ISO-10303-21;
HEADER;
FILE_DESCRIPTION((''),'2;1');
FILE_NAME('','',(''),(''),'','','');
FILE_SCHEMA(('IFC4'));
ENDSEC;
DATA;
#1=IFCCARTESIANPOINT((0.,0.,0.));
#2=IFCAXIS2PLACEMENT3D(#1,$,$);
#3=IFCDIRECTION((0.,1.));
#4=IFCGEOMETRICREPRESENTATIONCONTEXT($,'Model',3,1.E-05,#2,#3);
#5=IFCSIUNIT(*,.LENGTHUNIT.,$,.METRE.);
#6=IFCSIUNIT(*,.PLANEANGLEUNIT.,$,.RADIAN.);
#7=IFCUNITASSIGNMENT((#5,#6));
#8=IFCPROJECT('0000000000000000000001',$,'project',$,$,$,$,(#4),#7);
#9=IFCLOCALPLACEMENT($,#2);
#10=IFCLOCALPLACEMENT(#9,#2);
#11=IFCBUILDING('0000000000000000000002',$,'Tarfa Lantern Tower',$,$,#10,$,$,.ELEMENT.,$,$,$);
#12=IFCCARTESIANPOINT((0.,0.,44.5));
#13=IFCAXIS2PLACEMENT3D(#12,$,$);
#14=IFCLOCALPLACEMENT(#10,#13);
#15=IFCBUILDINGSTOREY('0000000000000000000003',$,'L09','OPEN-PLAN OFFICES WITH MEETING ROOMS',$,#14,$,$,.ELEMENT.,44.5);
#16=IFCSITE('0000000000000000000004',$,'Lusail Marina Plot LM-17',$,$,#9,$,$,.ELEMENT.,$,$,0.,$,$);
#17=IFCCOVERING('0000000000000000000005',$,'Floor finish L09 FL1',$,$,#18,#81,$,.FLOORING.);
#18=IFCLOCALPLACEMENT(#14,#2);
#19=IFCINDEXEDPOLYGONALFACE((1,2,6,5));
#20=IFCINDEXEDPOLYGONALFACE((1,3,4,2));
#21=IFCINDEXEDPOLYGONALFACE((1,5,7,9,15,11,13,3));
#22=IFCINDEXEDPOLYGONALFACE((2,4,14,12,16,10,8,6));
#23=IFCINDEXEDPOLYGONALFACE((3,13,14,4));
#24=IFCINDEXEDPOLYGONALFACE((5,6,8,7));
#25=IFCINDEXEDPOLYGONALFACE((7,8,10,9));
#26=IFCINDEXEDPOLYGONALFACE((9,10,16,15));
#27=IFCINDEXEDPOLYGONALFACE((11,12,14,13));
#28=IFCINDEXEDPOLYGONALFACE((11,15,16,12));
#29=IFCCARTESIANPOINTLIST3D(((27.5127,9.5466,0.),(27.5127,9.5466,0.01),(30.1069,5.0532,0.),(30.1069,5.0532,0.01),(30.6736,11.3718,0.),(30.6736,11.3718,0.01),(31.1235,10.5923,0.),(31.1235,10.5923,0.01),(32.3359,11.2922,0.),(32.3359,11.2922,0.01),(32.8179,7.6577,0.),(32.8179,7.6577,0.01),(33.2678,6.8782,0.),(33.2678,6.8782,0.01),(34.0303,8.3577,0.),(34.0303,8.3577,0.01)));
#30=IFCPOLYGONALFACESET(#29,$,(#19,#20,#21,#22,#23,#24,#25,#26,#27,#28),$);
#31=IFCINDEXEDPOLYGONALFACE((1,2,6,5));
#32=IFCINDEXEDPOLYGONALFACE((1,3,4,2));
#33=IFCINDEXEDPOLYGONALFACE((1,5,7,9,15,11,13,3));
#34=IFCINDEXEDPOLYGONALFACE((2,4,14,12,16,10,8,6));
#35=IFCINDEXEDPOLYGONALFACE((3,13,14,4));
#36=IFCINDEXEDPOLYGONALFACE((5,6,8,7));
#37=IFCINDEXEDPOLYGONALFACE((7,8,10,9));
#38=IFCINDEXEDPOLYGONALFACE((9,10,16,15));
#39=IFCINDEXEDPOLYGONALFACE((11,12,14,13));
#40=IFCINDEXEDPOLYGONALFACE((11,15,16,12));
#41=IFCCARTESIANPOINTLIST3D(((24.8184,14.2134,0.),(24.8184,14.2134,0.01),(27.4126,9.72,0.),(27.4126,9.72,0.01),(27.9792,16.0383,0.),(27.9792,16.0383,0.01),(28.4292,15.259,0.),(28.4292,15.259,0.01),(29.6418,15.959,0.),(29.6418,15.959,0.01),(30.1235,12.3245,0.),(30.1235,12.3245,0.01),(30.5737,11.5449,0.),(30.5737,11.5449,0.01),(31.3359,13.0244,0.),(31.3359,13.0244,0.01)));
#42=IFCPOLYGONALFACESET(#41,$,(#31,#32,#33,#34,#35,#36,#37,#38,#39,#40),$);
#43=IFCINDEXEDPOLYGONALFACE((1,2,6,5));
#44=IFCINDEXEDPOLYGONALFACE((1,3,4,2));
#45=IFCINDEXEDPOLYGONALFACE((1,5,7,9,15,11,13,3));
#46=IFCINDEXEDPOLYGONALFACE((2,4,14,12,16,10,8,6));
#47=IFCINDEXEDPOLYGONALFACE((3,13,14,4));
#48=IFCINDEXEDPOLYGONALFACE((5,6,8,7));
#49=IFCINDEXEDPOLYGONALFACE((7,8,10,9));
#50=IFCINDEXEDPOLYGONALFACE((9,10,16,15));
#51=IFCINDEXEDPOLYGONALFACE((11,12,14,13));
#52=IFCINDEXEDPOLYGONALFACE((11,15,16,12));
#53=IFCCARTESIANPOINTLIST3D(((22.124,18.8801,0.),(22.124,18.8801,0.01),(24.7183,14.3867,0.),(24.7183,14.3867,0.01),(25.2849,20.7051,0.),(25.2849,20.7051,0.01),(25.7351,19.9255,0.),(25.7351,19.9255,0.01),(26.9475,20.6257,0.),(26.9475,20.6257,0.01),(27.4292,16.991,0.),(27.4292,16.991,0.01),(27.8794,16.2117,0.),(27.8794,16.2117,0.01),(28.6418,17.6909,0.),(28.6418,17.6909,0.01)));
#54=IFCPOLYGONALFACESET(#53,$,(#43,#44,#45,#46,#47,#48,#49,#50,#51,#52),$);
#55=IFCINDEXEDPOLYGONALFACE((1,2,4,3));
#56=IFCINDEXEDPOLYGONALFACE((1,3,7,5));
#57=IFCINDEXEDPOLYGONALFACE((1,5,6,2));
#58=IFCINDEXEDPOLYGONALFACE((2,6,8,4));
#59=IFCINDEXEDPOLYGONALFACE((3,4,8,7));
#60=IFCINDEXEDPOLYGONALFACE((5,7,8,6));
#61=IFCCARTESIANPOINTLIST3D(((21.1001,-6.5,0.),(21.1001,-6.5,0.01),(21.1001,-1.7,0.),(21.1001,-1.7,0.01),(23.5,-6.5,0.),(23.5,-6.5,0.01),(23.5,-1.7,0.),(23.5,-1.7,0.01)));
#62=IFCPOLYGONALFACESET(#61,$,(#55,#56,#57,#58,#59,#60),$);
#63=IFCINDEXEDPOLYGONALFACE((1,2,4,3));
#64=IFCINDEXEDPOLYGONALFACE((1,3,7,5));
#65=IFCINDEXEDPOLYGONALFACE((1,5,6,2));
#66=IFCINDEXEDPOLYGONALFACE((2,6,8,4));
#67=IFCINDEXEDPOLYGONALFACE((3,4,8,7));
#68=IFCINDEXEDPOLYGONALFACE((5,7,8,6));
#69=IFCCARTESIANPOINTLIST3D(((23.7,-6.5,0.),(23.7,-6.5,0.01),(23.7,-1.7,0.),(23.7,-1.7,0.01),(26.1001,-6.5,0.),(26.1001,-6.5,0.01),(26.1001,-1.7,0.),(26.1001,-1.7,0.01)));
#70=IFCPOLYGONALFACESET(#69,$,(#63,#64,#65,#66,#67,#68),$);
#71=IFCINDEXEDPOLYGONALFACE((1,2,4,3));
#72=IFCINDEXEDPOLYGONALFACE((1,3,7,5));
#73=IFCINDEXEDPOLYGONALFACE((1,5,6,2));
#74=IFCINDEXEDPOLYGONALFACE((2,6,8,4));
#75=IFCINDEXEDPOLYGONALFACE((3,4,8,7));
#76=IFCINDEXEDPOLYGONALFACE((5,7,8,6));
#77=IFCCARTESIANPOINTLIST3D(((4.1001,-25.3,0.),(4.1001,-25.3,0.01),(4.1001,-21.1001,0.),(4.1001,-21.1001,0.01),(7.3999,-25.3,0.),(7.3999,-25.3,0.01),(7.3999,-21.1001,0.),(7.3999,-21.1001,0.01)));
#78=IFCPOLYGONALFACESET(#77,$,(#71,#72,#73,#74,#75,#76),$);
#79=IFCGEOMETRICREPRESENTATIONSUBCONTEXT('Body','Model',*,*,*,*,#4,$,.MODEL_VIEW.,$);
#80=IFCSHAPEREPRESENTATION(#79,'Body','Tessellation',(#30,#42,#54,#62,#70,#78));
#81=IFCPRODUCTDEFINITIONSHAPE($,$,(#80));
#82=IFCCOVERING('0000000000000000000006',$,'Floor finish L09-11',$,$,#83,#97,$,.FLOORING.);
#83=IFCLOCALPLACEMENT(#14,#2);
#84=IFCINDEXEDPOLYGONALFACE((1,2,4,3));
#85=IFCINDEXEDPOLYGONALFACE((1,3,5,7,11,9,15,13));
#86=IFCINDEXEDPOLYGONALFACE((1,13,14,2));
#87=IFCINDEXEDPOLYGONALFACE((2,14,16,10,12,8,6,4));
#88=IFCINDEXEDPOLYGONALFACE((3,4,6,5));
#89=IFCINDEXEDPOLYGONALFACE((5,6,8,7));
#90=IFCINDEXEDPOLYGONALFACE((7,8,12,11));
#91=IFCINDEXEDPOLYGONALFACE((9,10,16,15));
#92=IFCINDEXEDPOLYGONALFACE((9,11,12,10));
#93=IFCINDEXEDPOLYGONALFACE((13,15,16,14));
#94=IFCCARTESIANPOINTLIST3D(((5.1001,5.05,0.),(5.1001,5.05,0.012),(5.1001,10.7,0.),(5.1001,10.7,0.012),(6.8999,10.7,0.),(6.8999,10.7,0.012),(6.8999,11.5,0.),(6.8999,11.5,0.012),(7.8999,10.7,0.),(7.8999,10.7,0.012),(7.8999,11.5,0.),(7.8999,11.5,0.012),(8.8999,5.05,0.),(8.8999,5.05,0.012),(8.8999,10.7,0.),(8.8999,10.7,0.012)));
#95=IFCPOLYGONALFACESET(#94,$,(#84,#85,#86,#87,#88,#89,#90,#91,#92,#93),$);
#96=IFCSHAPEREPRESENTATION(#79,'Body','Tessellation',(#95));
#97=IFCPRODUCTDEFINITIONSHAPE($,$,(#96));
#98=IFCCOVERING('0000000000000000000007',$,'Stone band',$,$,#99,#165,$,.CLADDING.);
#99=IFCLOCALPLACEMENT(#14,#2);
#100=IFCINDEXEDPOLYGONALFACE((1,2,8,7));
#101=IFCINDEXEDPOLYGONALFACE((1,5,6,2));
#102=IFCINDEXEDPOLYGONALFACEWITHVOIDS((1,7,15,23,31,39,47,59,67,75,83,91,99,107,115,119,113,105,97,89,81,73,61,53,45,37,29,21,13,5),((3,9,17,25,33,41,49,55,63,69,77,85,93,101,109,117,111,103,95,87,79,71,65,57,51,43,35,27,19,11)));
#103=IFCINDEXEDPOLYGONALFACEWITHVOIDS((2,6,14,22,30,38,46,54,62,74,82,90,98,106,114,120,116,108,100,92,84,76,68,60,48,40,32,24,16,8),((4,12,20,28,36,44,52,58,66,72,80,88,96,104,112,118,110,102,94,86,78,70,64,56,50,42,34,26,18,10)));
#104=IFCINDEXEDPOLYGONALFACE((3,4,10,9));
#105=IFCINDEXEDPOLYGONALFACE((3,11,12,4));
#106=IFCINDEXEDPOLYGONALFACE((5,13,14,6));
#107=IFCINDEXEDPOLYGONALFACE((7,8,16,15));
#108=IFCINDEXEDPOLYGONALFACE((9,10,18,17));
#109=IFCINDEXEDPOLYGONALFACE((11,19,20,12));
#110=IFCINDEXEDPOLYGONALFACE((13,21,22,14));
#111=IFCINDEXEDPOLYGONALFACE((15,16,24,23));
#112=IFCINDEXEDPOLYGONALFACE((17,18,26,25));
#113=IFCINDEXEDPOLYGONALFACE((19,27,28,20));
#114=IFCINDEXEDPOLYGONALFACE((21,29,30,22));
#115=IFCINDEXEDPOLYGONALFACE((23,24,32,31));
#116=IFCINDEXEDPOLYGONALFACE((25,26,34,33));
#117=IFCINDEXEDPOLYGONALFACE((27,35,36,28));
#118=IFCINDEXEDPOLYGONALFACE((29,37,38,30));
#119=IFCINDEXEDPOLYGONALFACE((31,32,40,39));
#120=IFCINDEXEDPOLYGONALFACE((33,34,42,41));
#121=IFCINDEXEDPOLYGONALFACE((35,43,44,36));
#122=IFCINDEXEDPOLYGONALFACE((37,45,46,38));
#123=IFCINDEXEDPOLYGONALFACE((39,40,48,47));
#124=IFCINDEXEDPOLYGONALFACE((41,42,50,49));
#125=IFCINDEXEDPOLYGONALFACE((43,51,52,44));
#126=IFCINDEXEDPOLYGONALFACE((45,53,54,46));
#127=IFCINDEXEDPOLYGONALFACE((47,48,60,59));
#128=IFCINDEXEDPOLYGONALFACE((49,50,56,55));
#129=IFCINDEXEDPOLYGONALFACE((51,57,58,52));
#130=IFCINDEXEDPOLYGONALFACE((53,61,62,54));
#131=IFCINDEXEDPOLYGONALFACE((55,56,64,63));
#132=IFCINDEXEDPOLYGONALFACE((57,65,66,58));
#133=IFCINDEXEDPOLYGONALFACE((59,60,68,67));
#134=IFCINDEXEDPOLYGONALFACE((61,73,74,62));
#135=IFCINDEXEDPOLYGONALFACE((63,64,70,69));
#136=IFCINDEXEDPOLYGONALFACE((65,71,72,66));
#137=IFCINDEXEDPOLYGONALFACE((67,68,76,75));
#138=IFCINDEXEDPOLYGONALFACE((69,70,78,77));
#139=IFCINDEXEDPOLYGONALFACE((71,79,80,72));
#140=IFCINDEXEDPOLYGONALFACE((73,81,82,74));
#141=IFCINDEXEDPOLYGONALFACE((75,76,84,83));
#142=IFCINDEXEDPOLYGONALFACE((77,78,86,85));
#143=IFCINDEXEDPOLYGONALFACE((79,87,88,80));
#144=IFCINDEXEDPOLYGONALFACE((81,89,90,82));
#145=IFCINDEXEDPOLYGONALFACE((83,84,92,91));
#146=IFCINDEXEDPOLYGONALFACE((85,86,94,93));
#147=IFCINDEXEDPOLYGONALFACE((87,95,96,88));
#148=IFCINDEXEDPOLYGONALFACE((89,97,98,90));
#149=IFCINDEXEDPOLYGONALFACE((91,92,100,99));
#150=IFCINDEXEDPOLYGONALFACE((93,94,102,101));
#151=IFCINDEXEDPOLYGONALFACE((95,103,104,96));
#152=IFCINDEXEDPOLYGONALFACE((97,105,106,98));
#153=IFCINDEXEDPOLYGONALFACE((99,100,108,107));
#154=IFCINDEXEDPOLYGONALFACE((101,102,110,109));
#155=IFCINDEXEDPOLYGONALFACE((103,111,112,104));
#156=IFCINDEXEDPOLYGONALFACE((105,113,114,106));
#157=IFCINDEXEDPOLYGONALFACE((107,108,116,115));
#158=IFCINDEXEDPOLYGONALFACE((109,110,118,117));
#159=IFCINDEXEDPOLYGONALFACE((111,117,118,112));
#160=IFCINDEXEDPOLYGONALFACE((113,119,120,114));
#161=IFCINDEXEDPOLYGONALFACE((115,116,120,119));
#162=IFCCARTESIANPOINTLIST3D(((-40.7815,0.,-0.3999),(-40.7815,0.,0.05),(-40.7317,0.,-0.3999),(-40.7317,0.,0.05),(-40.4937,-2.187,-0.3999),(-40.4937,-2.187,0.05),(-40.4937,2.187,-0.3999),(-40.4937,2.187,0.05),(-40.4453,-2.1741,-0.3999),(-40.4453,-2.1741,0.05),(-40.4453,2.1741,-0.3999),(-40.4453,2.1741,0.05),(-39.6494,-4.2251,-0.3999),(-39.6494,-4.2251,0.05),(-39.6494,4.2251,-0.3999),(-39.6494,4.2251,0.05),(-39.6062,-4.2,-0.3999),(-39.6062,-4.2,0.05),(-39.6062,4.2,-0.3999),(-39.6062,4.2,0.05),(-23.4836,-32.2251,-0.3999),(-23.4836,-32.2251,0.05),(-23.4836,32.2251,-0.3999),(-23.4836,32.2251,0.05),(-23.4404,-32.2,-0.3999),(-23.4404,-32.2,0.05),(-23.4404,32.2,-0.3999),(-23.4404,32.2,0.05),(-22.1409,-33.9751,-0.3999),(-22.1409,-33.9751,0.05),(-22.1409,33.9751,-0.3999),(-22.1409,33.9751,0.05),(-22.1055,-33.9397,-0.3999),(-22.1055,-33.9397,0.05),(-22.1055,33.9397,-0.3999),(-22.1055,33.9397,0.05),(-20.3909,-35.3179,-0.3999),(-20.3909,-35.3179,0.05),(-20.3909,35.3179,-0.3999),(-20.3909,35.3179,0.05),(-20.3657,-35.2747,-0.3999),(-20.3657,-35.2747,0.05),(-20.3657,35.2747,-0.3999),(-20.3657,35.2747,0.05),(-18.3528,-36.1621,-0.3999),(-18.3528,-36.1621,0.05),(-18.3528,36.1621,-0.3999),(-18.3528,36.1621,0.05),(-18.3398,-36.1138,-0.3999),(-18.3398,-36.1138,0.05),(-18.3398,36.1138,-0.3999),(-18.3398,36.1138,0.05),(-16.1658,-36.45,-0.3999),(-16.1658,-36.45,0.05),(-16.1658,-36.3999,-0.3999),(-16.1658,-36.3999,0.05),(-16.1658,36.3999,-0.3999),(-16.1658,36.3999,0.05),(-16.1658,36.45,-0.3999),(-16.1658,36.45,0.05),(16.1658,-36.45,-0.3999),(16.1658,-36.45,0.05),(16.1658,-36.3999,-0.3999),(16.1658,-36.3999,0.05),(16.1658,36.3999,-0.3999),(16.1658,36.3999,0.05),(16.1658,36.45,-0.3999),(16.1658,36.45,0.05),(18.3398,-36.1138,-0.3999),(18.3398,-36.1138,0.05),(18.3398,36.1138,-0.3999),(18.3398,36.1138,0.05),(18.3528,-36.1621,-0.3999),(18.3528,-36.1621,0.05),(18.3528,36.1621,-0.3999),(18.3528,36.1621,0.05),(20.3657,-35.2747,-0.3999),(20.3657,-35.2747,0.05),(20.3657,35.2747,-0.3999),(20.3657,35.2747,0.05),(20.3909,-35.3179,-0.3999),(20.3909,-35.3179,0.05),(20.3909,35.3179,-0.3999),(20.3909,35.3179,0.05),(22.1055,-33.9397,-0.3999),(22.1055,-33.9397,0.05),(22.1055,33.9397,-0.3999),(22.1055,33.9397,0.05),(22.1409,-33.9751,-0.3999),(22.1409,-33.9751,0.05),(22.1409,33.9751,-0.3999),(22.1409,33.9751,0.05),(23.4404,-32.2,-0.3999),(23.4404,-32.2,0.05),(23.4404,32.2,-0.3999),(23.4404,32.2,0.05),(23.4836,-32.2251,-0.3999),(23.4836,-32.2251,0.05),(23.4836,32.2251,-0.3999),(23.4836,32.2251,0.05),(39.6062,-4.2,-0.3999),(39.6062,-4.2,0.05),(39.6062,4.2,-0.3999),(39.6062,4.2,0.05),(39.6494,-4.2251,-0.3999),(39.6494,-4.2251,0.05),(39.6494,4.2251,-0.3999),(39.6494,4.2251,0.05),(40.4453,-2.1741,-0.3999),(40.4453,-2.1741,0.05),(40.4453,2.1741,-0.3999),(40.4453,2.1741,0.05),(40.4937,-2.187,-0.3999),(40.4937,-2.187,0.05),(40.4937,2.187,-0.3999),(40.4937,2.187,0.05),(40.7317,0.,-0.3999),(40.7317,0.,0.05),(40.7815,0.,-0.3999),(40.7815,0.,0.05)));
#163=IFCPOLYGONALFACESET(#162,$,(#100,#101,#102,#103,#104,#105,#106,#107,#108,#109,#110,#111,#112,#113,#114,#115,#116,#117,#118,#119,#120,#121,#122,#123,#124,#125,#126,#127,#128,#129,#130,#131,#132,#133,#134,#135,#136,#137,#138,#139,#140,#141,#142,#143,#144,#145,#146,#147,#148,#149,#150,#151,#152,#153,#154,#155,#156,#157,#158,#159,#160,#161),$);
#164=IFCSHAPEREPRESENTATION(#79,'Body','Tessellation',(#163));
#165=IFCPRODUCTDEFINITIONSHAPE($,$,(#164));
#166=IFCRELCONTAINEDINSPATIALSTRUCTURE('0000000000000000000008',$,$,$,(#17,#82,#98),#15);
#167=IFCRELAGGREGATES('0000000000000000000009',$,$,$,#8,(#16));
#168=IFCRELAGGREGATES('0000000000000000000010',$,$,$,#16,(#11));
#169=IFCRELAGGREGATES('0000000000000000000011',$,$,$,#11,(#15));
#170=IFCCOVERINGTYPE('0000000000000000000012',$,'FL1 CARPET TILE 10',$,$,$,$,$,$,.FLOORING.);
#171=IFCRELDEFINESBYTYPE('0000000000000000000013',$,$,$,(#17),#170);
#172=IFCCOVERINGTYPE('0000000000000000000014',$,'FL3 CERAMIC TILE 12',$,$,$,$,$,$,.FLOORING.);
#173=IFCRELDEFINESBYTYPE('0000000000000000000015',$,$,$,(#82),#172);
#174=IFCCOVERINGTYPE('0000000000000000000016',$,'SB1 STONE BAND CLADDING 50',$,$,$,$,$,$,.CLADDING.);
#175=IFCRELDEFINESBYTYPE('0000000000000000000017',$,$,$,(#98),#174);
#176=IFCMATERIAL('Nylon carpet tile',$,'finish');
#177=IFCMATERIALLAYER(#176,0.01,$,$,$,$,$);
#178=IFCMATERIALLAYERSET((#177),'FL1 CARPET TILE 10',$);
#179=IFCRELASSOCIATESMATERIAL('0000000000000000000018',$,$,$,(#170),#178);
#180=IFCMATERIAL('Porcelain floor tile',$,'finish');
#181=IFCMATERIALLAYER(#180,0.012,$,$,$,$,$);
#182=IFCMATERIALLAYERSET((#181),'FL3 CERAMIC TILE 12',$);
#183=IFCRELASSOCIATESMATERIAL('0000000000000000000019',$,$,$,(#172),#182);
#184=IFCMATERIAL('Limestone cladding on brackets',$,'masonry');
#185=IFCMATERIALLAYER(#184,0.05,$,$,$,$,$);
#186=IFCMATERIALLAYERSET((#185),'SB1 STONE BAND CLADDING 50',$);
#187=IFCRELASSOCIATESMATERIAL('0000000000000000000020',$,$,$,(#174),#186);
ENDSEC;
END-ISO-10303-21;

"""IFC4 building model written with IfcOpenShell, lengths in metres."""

from ifc_helpers import new_model, si_unit, direction, frame, origin, place, context, subcontext, project, spatial, polyline, outline, extrude, material, layer, layer_set, type_object, element, save


model = new_model("IFC4")

# Units and contexts
model_context = context("Model", 3, precision=1e-05, world=origin(), true_north=direction((0.0, 1.0)))
body_context = subcontext(model_context, "Body", "Model", "MODEL_VIEW")
ifc_project = project(units=[si_unit("LENGTHUNIT", "METRE"), si_unit("PLANEANGLEUNIT", "RADIAN")], contexts=[model_context])

# Site, building, storey
site_placement = place(None, origin())
site = spatial("IfcSite", under=ifc_project, at=site_placement, Name="Lusail Marina Plot LM-17", CompositionType="ELEMENT", RefElevation=0.0)
building_placement = place(site_placement, origin())
building = spatial("IfcBuilding", under=site, at=building_placement, Name="Tarfa Lantern Tower", CompositionType="ELEMENT")
storey_placement = place(building_placement, frame((0.0, 0.0, 44.5)))
storey = spatial("IfcBuildingStorey", under=building, at=storey_placement, Name="L09", Description="OPEN-PLAN OFFICES WITH MEETING ROOMS", CompositionType="ELEMENT", Elevation=44.5)

# Coverings
ifc_material_1 = material(Name="Nylon carpet tile", Category="finish")
ifc_layer_1 = layer(ifc_material_1, 0.01)
ifc_layer_set_1 = layer_set([ifc_layer_1], Name="FL1 CARPET TILE 10")
covering_type_1 = type_object("IfcCoveringType", Name="FL1 CARPET TILE 10", PredefinedType="FLOORING", material=ifc_layer_set_1)
covering_1_placement = place(storey_placement, origin())
element("IfcCovering", 1, at=covering_1_placement, inside=storey, type_object=covering_type_1, Name="Floor finish L09 FL1", PredefinedType="FLOORING", context=body_context, shape_type="SweptSolid", body=[
    extrude(outline(polyline([(27.5127, 9.5466), (30.6736, 11.3718), (31.1235, 10.5923), (32.3359, 11.2922), (34.0303, 8.3577), (32.8179, 7.6577), (33.2678, 6.8782), (30.1069, 5.0532), (27.5127, 9.5466)])), origin(), (0.0, 0.0, 1.0), 0.01),
    extrude(outline(polyline([(24.8184, 14.2134), (27.9792, 16.0383), (28.4292, 15.259), (29.6418, 15.959), (31.3359, 13.0244), (30.1235, 12.3245), (30.5737, 11.5449), (27.4126, 9.72), (24.8184, 14.2134)])), origin(), (0.0, 0.0, 1.0), 0.01),
    extrude(outline(polyline([(22.124, 18.8801), (25.2849, 20.7051), (25.7351, 19.9255), (26.9475, 20.6257), (28.6418, 17.6909), (27.4292, 16.991), (27.8794, 16.2117), (24.7183, 14.3867), (22.124, 18.8801)])), origin(), (0.0, 0.0, 1.0), 0.01),
    extrude(outline(polyline([(21.1001, -1.7), (23.5, -1.7), (23.5, -6.5), (21.1001, -6.5), (21.1001, -1.7)])), origin(), (0.0, 0.0, 1.0), 0.01),
    extrude(outline(polyline([(23.7, -1.7), (26.1001, -1.7), (26.1001, -6.5), (23.7, -6.5), (23.7, -1.7)])), origin(), (0.0, 0.0, 1.0), 0.01),
    extrude(outline(polyline([(7.3999, -25.3), (4.1001, -25.3), (4.1001, -21.1001), (7.3999, -21.1001), (7.3999, -25.3)])), origin(), (0.0, 0.0, 1.0), 0.01),
])
ifc_material_2 = material(Name="Porcelain floor tile", Category="finish")
ifc_layer_2 = layer(ifc_material_2, 0.012)
ifc_layer_set_2 = layer_set([ifc_layer_2], Name="FL3 CERAMIC TILE 12")
covering_type_2 = type_object("IfcCoveringType", Name="FL3 CERAMIC TILE 12", PredefinedType="FLOORING", material=ifc_layer_set_2)
covering_2_placement = place(storey_placement, origin())
element("IfcCovering", 2, at=covering_2_placement, inside=storey, type_object=covering_type_2, Name="Floor finish L09-11", PredefinedType="FLOORING", context=body_context, shape_type="SweptSolid", body=[
    extrude(outline(polyline([(5.1001, 5.05), (8.8999, 5.05), (8.8999, 10.7), (7.8999, 10.7), (7.8999, 11.5), (6.8999, 11.5), (6.8999, 10.7), (5.1001, 10.7), (5.1001, 5.05)])), origin(), (0.0, 0.0, 1.0), 0.012),
])
ifc_material_3 = material(Name="Limestone cladding on brackets", Category="masonry")
ifc_layer_3 = layer(ifc_material_3, 0.05)
ifc_layer_set_3 = layer_set([ifc_layer_3], Name="SB1 STONE BAND CLADDING 50")
covering_type_3 = type_object("IfcCoveringType", Name="SB1 STONE BAND CLADDING 50", PredefinedType="CLADDING", material=ifc_layer_set_3)
covering_3_placement = place(storey_placement, frame((0.0, 0.0, -0.3999)))
element("IfcCovering", 3, at=covering_3_placement, inside=storey, type_object=covering_type_3, Name="Stone band", PredefinedType="CLADDING", context=body_context, shape_type="SweptSolid", body=[
    extrude(outline(polyline([(39.6494, 4.2251), (23.4836, 32.2251), (22.1409, 33.9751), (20.3909, 35.3179), (18.3528, 36.1621), (16.1658, 36.45), (-16.1658, 36.45), (-18.3528, 36.1621), (-20.3909, 35.3179), (-22.1409, 33.9751), (-23.4836, 32.2251), (-39.6494, 4.2251), (-40.4937, 2.187), (-40.7815, 0.0), (-40.4937, -2.187), (-39.6494, -4.2251), (-23.4836, -32.2251), (-22.1409, -33.9751), (-20.3909, -35.3179), (-18.3528, -36.1621), (-16.1658, -36.45), (16.1658, -36.45), (18.3528, -36.1621), (20.3909, -35.3179), (22.1409, -33.9751), (23.4836, -32.2251), (39.6494, -4.2251), (40.4937, -2.187), (40.7815, 0.0), (40.4937, 2.187), (39.6494, 4.2251)]), holes=[polyline([(39.6062, 4.2), (23.4404, 32.2), (22.1055, 33.9397), (20.3657, 35.2747), (18.3398, 36.1138), (16.1658, 36.3999), (-16.1658, 36.3999), (-18.3398, 36.1138), (-20.3657, 35.2747), (-22.1055, 33.9397), (-23.4404, 32.2), (-39.6062, 4.2), (-40.4453, 2.1741), (-40.7317, 0.0), (-40.4453, -2.1741), (-39.6062, -4.2), (-23.4404, -32.2), (-22.1055, -33.9397), (-20.3657, -35.2747), (-18.3398, -36.1138), (-16.1658, -36.3999), (16.1658, -36.3999), (18.3398, -36.1138), (20.3657, -35.2747), (22.1055, -33.9397), (23.4404, -32.2), (39.6062, -4.2), (40.4453, -2.1741), (40.7317, 0.0), (40.4453, 2.1741), (39.6062, 4.2)])]), origin(), (0.0, 0.0, 1.0), 0.45),
])

save(model, "model.ifc")
